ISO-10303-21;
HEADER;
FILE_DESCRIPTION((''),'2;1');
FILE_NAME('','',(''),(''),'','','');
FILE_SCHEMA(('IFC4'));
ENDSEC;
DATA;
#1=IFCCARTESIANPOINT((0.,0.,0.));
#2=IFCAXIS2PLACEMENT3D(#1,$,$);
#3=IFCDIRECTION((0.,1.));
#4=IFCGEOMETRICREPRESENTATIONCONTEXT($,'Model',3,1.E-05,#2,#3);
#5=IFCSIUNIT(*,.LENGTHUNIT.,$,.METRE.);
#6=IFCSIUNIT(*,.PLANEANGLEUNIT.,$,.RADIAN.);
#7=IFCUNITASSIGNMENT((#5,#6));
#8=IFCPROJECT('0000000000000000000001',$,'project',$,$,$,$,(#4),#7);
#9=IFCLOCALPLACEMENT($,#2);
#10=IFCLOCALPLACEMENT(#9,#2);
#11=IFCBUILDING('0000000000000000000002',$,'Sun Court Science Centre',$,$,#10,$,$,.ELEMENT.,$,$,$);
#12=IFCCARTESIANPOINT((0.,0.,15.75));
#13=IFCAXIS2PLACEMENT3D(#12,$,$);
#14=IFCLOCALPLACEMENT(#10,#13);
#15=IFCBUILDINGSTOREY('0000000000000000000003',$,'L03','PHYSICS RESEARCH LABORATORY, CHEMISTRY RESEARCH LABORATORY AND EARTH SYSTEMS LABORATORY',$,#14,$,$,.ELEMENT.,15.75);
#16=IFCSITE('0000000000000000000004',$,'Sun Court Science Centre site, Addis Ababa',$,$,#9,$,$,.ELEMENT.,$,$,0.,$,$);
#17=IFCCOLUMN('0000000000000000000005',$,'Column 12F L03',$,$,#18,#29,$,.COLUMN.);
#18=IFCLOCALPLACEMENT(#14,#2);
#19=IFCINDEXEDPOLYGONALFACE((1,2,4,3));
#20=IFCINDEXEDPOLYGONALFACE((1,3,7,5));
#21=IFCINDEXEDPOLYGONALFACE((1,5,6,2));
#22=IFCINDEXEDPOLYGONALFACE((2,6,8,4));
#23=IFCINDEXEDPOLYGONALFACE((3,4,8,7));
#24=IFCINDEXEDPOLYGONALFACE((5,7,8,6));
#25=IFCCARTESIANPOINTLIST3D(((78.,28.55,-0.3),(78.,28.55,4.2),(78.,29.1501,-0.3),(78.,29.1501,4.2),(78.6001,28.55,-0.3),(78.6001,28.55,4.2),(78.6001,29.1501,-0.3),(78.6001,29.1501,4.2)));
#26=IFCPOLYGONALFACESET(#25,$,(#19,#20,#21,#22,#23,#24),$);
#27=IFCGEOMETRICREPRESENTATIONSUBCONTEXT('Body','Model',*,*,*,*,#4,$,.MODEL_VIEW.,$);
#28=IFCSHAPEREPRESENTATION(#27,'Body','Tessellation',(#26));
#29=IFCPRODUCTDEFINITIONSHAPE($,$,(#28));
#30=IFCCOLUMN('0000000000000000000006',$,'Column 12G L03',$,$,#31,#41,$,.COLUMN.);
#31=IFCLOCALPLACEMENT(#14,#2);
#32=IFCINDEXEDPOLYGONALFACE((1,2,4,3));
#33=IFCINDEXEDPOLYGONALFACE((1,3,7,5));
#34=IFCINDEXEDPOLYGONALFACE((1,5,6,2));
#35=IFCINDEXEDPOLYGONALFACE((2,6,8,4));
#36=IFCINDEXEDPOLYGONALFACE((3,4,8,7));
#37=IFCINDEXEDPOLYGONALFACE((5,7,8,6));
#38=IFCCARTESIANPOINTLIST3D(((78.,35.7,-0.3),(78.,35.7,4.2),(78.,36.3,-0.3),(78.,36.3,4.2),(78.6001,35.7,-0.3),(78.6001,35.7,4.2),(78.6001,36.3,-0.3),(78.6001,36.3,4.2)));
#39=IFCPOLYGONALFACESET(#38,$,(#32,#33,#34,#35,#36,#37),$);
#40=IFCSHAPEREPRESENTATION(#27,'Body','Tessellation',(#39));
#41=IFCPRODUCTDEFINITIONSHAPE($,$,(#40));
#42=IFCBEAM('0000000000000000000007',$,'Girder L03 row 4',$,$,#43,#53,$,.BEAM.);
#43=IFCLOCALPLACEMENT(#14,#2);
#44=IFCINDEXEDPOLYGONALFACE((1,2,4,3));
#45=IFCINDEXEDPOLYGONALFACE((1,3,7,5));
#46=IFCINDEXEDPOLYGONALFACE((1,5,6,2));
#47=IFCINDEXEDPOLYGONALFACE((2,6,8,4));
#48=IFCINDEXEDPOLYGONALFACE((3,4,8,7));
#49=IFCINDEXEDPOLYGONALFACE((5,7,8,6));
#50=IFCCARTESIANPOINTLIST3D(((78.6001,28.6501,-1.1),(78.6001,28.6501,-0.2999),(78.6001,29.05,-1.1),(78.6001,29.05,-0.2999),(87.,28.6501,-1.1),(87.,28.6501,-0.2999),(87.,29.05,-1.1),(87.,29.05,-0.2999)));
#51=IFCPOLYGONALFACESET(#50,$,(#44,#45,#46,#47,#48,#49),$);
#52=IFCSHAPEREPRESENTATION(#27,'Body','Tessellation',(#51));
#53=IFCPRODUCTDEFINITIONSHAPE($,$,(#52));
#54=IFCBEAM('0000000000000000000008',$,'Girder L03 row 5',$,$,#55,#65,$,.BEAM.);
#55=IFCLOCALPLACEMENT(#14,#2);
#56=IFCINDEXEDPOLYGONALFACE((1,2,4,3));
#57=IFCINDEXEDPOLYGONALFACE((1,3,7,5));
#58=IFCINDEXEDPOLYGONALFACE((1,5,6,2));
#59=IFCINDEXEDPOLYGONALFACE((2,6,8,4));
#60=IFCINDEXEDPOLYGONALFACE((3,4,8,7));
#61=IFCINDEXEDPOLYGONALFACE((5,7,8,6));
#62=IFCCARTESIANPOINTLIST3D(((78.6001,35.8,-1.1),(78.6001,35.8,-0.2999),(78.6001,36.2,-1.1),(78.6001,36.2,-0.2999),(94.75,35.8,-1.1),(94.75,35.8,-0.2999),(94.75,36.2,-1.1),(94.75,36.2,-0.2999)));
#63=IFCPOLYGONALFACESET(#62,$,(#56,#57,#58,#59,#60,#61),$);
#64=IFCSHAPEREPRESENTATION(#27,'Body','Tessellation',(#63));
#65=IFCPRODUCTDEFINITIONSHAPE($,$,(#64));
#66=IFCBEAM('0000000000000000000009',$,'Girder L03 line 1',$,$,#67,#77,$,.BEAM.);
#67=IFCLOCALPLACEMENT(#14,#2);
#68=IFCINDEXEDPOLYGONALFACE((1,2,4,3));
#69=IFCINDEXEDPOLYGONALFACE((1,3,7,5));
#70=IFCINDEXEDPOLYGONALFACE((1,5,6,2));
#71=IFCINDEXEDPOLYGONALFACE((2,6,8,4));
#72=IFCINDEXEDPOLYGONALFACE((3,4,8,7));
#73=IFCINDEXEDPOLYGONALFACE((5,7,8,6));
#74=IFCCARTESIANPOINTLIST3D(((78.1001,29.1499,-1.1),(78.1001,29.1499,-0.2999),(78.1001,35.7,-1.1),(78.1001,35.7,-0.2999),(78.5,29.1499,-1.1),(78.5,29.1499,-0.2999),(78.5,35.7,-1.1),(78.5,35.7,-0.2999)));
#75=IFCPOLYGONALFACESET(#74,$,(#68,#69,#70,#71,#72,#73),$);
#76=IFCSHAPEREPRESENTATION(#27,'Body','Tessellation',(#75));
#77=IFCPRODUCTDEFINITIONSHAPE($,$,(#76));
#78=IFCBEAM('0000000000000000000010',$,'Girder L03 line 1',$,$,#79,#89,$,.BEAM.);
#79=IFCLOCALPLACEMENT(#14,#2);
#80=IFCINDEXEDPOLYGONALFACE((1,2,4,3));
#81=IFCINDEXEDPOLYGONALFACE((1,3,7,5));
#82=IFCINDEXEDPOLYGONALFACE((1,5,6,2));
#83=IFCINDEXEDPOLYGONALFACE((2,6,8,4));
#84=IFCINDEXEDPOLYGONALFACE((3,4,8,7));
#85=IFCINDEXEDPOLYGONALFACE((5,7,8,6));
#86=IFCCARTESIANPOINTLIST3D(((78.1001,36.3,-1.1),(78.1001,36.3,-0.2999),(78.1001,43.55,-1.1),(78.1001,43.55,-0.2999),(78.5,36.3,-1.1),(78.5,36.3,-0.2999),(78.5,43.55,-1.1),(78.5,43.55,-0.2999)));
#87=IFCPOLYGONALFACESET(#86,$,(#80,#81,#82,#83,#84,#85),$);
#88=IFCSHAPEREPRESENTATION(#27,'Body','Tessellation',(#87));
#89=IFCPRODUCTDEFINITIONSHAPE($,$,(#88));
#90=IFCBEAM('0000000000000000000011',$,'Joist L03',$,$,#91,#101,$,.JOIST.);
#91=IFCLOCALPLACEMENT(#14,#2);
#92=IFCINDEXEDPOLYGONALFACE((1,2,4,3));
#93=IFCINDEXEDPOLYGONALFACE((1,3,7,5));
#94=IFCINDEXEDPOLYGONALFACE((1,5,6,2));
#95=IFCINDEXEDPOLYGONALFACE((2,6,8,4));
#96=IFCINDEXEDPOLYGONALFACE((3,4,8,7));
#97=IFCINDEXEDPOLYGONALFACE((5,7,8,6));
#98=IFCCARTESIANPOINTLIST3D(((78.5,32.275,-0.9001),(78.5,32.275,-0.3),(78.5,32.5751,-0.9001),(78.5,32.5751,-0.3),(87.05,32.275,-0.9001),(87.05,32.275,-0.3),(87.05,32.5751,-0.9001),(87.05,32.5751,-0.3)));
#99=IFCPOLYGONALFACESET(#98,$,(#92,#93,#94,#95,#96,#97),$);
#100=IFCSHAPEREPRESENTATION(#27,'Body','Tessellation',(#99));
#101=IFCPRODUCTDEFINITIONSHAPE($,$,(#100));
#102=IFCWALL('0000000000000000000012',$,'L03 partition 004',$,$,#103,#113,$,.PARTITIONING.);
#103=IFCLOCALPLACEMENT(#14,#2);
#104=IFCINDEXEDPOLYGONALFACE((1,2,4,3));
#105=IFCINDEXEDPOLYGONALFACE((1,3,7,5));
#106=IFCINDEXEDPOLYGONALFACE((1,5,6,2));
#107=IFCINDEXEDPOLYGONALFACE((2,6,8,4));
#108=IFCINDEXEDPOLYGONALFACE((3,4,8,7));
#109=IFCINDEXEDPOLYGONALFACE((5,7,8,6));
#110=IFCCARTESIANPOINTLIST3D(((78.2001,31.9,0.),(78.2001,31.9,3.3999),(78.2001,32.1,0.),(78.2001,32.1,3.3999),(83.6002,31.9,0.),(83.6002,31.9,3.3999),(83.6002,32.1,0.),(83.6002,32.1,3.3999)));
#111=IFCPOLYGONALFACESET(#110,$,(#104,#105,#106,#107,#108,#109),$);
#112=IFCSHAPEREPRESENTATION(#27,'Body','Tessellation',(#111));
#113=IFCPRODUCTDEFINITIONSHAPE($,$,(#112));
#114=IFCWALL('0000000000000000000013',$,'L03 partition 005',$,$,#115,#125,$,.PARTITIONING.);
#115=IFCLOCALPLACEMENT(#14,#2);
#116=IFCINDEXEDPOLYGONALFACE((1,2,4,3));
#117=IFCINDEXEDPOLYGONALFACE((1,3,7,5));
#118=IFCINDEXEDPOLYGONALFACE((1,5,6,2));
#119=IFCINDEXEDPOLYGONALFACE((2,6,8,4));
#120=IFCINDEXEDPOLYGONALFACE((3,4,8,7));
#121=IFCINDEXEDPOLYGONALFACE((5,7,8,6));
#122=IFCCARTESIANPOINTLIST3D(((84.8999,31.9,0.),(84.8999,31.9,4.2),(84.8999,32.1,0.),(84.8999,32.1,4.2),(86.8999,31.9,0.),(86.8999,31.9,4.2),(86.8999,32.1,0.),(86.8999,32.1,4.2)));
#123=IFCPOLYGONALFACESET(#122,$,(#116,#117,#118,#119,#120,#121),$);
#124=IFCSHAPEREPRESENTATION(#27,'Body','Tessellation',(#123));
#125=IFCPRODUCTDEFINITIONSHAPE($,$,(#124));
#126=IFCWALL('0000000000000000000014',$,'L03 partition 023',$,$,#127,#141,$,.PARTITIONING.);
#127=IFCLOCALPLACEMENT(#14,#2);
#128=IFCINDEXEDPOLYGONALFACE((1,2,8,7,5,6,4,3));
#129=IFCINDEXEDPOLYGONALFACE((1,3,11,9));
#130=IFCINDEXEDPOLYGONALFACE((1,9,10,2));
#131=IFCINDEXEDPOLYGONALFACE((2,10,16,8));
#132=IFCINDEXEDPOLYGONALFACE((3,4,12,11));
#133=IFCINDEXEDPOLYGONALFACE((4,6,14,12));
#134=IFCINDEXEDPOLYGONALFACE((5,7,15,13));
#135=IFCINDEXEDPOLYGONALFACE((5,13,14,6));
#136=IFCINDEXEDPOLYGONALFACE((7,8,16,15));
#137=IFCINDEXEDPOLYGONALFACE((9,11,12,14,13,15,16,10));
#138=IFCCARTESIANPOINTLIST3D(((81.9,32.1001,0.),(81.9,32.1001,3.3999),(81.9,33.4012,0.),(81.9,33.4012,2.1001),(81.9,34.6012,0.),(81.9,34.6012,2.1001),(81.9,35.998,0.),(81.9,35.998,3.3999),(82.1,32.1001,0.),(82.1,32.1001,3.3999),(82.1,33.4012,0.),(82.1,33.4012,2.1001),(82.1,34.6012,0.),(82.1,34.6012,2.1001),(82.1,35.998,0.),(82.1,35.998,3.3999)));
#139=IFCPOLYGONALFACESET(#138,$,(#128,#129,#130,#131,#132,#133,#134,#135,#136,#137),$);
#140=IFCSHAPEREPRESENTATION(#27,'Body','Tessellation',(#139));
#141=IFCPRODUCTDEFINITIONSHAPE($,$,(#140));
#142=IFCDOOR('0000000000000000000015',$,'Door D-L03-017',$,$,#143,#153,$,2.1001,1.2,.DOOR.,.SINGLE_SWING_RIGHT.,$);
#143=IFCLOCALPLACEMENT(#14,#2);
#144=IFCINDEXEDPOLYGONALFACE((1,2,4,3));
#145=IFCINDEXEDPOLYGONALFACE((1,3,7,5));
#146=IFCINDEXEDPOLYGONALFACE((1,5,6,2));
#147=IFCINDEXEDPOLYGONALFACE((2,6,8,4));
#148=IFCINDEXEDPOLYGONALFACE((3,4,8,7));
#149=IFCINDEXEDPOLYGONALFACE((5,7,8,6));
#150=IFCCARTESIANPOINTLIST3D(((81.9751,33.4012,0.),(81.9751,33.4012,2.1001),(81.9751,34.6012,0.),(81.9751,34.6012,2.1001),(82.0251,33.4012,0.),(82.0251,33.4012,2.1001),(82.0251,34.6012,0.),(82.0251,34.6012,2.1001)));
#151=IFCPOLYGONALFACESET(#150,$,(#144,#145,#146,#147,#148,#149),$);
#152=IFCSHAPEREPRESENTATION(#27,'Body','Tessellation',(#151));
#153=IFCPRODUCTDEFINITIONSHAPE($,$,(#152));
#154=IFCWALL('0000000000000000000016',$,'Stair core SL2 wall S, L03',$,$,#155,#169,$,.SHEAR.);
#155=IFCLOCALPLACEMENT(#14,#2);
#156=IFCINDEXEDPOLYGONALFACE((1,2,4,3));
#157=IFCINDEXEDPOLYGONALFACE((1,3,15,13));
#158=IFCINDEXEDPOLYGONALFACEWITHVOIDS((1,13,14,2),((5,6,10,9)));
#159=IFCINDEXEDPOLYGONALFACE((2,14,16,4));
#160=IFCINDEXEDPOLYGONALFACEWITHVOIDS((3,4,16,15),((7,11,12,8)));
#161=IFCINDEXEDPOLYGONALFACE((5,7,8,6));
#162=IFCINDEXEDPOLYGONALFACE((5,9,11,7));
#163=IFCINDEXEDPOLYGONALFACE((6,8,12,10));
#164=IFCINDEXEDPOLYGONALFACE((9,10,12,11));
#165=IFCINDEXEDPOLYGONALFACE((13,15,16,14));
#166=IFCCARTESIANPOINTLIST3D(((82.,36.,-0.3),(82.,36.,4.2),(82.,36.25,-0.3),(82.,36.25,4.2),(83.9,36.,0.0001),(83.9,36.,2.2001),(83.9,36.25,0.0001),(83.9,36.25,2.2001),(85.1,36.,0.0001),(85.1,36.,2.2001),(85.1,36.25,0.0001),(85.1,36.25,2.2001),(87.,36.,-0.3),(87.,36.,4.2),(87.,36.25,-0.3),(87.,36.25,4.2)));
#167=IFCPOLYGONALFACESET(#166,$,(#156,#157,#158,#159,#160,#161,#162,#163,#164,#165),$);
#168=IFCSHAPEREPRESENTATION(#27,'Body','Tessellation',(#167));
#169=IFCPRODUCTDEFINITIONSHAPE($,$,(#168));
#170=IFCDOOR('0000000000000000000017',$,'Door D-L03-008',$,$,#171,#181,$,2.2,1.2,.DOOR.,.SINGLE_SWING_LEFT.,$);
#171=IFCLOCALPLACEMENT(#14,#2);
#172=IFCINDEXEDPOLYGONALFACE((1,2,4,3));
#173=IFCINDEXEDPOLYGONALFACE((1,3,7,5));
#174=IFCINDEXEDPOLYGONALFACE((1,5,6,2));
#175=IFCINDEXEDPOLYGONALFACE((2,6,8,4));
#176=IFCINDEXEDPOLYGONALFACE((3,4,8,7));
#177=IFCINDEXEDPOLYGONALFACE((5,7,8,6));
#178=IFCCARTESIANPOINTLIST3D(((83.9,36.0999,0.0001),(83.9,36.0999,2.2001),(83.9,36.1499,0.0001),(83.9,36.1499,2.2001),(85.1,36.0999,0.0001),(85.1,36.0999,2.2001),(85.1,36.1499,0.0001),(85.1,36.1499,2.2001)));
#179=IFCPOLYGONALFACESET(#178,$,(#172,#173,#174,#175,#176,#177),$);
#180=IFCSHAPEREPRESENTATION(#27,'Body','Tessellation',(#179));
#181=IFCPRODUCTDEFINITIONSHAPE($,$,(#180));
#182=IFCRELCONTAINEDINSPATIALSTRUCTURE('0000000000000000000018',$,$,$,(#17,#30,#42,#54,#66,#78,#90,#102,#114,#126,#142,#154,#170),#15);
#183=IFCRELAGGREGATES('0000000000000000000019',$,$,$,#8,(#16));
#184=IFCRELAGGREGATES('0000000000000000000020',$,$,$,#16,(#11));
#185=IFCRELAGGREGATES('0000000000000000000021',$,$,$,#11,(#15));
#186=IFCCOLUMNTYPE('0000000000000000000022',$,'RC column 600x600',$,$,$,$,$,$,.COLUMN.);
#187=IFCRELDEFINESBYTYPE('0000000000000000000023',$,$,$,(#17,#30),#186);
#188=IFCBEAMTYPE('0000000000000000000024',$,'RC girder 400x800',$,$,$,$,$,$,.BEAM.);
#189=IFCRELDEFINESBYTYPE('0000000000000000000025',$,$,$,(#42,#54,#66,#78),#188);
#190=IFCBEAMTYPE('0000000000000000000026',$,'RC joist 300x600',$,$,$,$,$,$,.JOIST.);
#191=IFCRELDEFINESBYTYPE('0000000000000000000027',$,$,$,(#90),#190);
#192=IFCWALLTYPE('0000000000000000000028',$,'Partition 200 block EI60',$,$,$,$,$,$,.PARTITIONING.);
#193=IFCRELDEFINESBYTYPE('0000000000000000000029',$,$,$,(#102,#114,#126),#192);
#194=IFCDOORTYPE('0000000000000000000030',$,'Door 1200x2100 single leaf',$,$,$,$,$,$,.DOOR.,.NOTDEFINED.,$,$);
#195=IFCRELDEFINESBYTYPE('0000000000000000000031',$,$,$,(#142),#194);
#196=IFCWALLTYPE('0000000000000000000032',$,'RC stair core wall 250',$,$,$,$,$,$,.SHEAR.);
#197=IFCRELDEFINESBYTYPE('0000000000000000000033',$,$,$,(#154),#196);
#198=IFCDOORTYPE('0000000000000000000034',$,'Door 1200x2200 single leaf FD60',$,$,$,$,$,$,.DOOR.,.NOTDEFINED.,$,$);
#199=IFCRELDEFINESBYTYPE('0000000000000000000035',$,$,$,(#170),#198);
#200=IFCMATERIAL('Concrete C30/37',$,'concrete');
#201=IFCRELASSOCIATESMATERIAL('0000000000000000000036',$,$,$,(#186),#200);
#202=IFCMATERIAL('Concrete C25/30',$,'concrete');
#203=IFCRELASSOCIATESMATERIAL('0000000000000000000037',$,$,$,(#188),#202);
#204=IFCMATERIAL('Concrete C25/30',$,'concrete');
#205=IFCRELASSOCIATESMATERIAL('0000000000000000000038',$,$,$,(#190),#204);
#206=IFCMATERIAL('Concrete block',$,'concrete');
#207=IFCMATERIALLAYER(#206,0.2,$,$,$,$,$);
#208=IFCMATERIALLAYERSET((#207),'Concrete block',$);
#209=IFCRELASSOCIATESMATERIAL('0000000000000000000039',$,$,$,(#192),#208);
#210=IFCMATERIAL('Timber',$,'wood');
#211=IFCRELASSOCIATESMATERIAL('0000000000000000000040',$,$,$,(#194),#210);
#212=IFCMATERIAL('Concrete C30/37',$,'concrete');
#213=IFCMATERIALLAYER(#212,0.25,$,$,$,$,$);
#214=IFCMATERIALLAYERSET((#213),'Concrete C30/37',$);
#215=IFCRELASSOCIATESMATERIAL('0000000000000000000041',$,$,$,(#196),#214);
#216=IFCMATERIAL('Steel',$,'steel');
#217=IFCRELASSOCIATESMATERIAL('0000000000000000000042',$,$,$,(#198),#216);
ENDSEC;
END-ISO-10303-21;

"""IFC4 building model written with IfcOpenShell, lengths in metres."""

from ifc_helpers import new_model, si_unit, direction, frame, frame_2d, origin, origin_2d, place, context, subcontext, project, spatial, rectangle, extrude, material, layer, layer_set, material_profile, profile_set, type_object, element, fill, save


model = new_model("IFC4")

# Units and contexts
model_context = context("Model", 3, precision=1e-05, world=origin(), true_north=direction((0.0, 1.0)))
body_context = subcontext(model_context, "Body", "Model", "MODEL_VIEW")
ifc_project = project(units=[si_unit("LENGTHUNIT", "METRE"), si_unit("PLANEANGLEUNIT", "RADIAN")], contexts=[model_context])

# Site, building, storey
site_placement = place(None, origin())
site = spatial("IfcSite", under=ifc_project, at=site_placement, Name="Sun Court Science Centre site, Addis Ababa", CompositionType="ELEMENT", RefElevation=0.0)
building_placement = place(site_placement, origin())
building = spatial("IfcBuilding", under=site, at=building_placement, Name="Sun Court Science Centre", CompositionType="ELEMENT")
storey_placement = place(building_placement, frame((0.0, 0.0, 15.75)))
storey = spatial("IfcBuildingStorey", under=building, at=storey_placement, Name="L03", Description="PHYSICS RESEARCH LABORATORY, CHEMISTRY RESEARCH LABORATORY AND EARTH SYSTEMS LABORATORY", CompositionType="ELEMENT", Elevation=15.75)

# Columns
ifc_material_1 = material(Name="Concrete C30/37", Category="concrete")
ifc_material_profile_1 = material_profile(ifc_material_1, rectangle(XDim=0.6001, YDim=0.6001, at=origin_2d()), Name="RC 600x600")
ifc_profile_set_1 = profile_set([ifc_material_profile_1], Name="Concrete C30/37")
column_type = type_object("IfcColumnType", Name="RC column 600x600", PredefinedType="COLUMN", material=ifc_profile_set_1)
for number, where, z_axis, x_axis, name in (
    (1, (78.3, 28.8501, -0.3), (0.0, 0.0, 1.0), (1.0, 0.0, 0.0), "Column 12F L03"),
    (2, (78.3, 36.0, -0.3), (0.0, 0.0, 1.0), (1.0, 0.0, 0.0), "Column 12G L03"),
):
    element("IfcColumn", number, at=place(storey_placement, frame(where, z_axis=z_axis, x_axis=x_axis)), inside=storey, type_object=column_type, Name=name, PredefinedType="COLUMN", context=body_context, shape_type="SweptSolid", body=[
        extrude(rectangle(XDim=0.6001, YDim=0.6001, at=origin_2d()), origin(), (0.0, 0.0, 1.0), 4.5),
    ])

# Beams
ifc_material_2 = material(Name="Concrete C25/30", Category="concrete")
ifc_material_profile_2 = material_profile(ifc_material_2, rectangle(XDim=0.3999, YDim=0.8, at=origin_2d()), Name="RC 400x800")
ifc_profile_set_2 = profile_set([ifc_material_profile_2], Name="Concrete C25/30")
beam_type_1 = type_object("IfcBeamType", Name="RC girder 400x800", PredefinedType="BEAM", material=ifc_profile_set_2)
beam_1_placement = place(storey_placement, frame((78.6001, 28.8501, -0.7), z_axis=(1.0, 0.0, 0.0), x_axis=(0.0, 1.0, 0.0)))
element("IfcBeam", 3, at=beam_1_placement, inside=storey, type_object=beam_type_1, Name="Girder L03 row 4", PredefinedType="BEAM", context=body_context, shape_type="SweptSolid", body=[
    extrude(rectangle(XDim=0.3999, YDim=0.8, at=origin_2d()), origin(), (0.0, 0.0, 1.0), 8.3999),
])
beam_2_placement = place(storey_placement, frame((78.6001, 36.0, -0.7), z_axis=(1.0, 0.0, 0.0), x_axis=(0.0, 1.0, 0.0)))
element("IfcBeam", 4, at=beam_2_placement, inside=storey, type_object=beam_type_1, Name="Girder L03 row 5", PredefinedType="BEAM", context=body_context, shape_type="SweptSolid", body=[
    extrude(rectangle(XDim=0.3999, YDim=0.8, at=origin_2d()), origin(), (0.0, 0.0, 1.0), 16.1499),
])
beam_3_placement = place(storey_placement, frame((78.3, 29.1499, -0.7), z_axis=(0.0, 1.0, 0.0), x_axis=(-1.0, 0.0, 0.0)))
element("IfcBeam", 5, at=beam_3_placement, inside=storey, type_object=beam_type_1, Name="Girder L03 line 1", PredefinedType="BEAM", context=body_context, shape_type="SweptSolid", body=[
    extrude(rectangle(XDim=0.3999, YDim=0.8, at=origin_2d()), origin(), (0.0, 0.0, 1.0), 6.55),
])
beam_4_placement = place(storey_placement, frame((78.3, 36.3, -0.7), z_axis=(0.0, 1.0, 0.0), x_axis=(-1.0, 0.0, 0.0)))
element("IfcBeam", 6, at=beam_4_placement, inside=storey, type_object=beam_type_1, Name="Girder L03 line 1", PredefinedType="BEAM", context=body_context, shape_type="SweptSolid", body=[
    extrude(rectangle(XDim=0.3999, YDim=0.8, at=origin_2d()), origin(), (0.0, 0.0, 1.0), 7.25),
])
ifc_material_3 = material(Name="Concrete C25/30", Category="concrete")
ifc_material_profile_3 = material_profile(ifc_material_3, rectangle(XDim=0.3, YDim=0.6001, at=origin_2d()), Name="RC 300x600")
ifc_profile_set_3 = profile_set([ifc_material_profile_3], Name="Concrete C25/30")
beam_type_2 = type_object("IfcBeamType", Name="RC joist 300x600", PredefinedType="JOIST", material=ifc_profile_set_3)
beam_5_placement = place(storey_placement, frame((78.5, 32.425, -0.6001), z_axis=(1.0, 0.0, 0.0), x_axis=(0.0, 1.0, 0.0)))
element("IfcBeam", 7, at=beam_5_placement, inside=storey, type_object=beam_type_2, Name="Joist L03", PredefinedType="JOIST", context=body_context, shape_type="SweptSolid", body=[
    extrude(rectangle(XDim=0.3, YDim=0.6001, at=origin_2d()), origin(), (0.0, 0.0, 1.0), 8.55),
])

# Walls
ifc_material_4 = material(Name="Concrete block", Category="concrete")
ifc_layer_1 = layer(ifc_material_4, 0.2)
ifc_layer_set_1 = layer_set([ifc_layer_1], Name="Concrete block")
wall_type_1 = type_object("IfcWallType", Name="Partition 200 block EI60", PredefinedType="PARTITIONING", material=ifc_layer_set_1)
wall_1_placement = place(storey_placement, frame((78.2, 32.0, 0.0), z_axis=(0.0, 0.0, 1.0), x_axis=(1.0, 0.0, 0.0)))
element("IfcWall", 8, at=wall_1_placement, inside=storey, type_object=wall_type_1, Name="L03 partition 004", PredefinedType="PARTITIONING", context=body_context, shape_type="SweptSolid", body=[
    extrude(rectangle(XDim=5.4001, YDim=0.2, at=frame_2d((2.7002, 0.0))), origin(), (0.0, 0.0, 1.0), 3.3999),
])
wall_2_placement = place(storey_placement, frame((84.8999, 32.0, 0.0), z_axis=(0.0, 0.0, 1.0), x_axis=(1.0, 0.0, 0.0)))
element("IfcWall", 9, at=wall_2_placement, inside=storey, type_object=wall_type_1, Name="L03 partition 005", PredefinedType="PARTITIONING", context=body_context, shape_type="SweptSolid", body=[
    extrude(rectangle(XDim=2.0, YDim=0.2, at=frame_2d((1.0, 0.0))), origin(), (0.0, 0.0, 1.0), 4.2),
])

# Walls, openings, doors
wall_3_placement = place(storey_placement, frame((82.0, 32.1001, 0.0), z_axis=(0.0, 0.0, 1.0), x_axis=(0.0, 1.0, 0.0)))
wall_3 = element("IfcWall", 10, at=wall_3_placement, inside=storey, type_object=wall_type_1, Name="L03 partition 023", PredefinedType="PARTITIONING", context=body_context, shape_type="SweptSolid", body=[
    extrude(rectangle(XDim=3.8979, YDim=0.2, at=frame_2d((1.949, 0.0))), origin(), (0.0, 0.0, 1.0), 3.3999),
])
opening_1_placement = place(wall_3_placement, frame((1.301, 0.0, 0.0)))
opening_1 = element("IfcOpeningElement", 11, at=opening_1_placement, cuts=wall_3, PredefinedType="OPENING", context=body_context, shape_type="SweptSolid", body=[
    extrude(rectangle(XDim=1.2, YDim=2.1001, at=frame_2d((0.6001, 1.05))), frame((0.0, 0.1099, 0.0), z_axis=(0.0, -1.0, 0.0), x_axis=(1.0, 0.0, 0.0)), (0.0, 0.0, 1.0), 0.22),
])
ifc_material_5 = material(Name="Timber", Category="wood")
door_type_1 = type_object("IfcDoorType", Name="Door 1200x2100 single leaf", OperationType="NOTDEFINED", PredefinedType="DOOR", material=ifc_material_5)
door_1_placement = place(opening_1_placement, origin())
door_1 = element("IfcDoor", 12, at=door_1_placement, inside=storey, type_object=door_type_1, Name="Door D-L03-017", OperationType="SINGLE_SWING_RIGHT", OverallHeight=2.1001, OverallWidth=1.2, PredefinedType="DOOR", context=body_context, shape_type="SweptSolid", body=[
    extrude(rectangle(XDim=1.2, YDim=2.1001, at=frame_2d((0.6001, 1.05))), frame((0.0, 0.0249, 0.0), z_axis=(0.0, -1.0, 0.0), x_axis=(1.0, 0.0, 0.0)), (0.0, 0.0, 1.0), 0.05),
])
fill(opening_1, door_1)
ifc_material_6 = material(Name="Concrete C30/37", Category="concrete")
ifc_layer_2 = layer(ifc_material_6, 0.25)
ifc_layer_set_2 = layer_set([ifc_layer_2], Name="Concrete C30/37")
wall_type_2 = type_object("IfcWallType", Name="RC stair core wall 250", PredefinedType="SHEAR", material=ifc_layer_set_2)
wall_4_placement = place(storey_placement, frame((82.0, 36.125, -0.3), z_axis=(0.0, 0.0, 1.0), x_axis=(1.0, 0.0, 0.0)))
wall_4 = element("IfcWall", 13, at=wall_4_placement, inside=storey, type_object=wall_type_2, Name="Stair core SL2 wall S, L03", PredefinedType="SHEAR", context=body_context, shape_type="SweptSolid", body=[
    extrude(rectangle(XDim=5.0, YDim=0.25, at=frame_2d((2.5, 0.0))), origin(), (0.0, 0.0, 1.0), 4.5),
])
opening_2_placement = place(wall_4_placement, frame((1.8999, 0.0, 0.3)))
opening_2 = element("IfcOpeningElement", 14, at=opening_2_placement, cuts=wall_4, PredefinedType="OPENING", context=body_context, shape_type="SweptSolid", body=[
    extrude(rectangle(XDim=1.2, YDim=2.2, at=frame_2d((0.6001, 1.1001))), frame((0.0, 0.135, 0.0), z_axis=(0.0, -1.0, 0.0), x_axis=(1.0, 0.0, 0.0)), (0.0, 0.0, 1.0), 0.27),
])
ifc_material_7 = material(Name="Steel", Category="steel")
door_type_2 = type_object("IfcDoorType", Name="Door 1200x2200 single leaf FD60", OperationType="NOTDEFINED", PredefinedType="DOOR", material=ifc_material_7)
door_2_placement = place(opening_2_placement, origin())
door_2 = element("IfcDoor", 15, at=door_2_placement, inside=storey, type_object=door_type_2, Name="Door D-L03-008", OperationType="SINGLE_SWING_LEFT", OverallHeight=2.2, OverallWidth=1.2, PredefinedType="DOOR", context=body_context, shape_type="SweptSolid", body=[
    extrude(rectangle(XDim=1.2, YDim=2.2, at=frame_2d((0.6001, 1.1001))), frame((0.0, 0.0249, 0.0), z_axis=(0.0, -1.0, 0.0), x_axis=(1.0, 0.0, 0.0)), (0.0, 0.0, 1.0), 0.05),
])
fill(opening_2, door_2)

save(model, "model.ifc")
